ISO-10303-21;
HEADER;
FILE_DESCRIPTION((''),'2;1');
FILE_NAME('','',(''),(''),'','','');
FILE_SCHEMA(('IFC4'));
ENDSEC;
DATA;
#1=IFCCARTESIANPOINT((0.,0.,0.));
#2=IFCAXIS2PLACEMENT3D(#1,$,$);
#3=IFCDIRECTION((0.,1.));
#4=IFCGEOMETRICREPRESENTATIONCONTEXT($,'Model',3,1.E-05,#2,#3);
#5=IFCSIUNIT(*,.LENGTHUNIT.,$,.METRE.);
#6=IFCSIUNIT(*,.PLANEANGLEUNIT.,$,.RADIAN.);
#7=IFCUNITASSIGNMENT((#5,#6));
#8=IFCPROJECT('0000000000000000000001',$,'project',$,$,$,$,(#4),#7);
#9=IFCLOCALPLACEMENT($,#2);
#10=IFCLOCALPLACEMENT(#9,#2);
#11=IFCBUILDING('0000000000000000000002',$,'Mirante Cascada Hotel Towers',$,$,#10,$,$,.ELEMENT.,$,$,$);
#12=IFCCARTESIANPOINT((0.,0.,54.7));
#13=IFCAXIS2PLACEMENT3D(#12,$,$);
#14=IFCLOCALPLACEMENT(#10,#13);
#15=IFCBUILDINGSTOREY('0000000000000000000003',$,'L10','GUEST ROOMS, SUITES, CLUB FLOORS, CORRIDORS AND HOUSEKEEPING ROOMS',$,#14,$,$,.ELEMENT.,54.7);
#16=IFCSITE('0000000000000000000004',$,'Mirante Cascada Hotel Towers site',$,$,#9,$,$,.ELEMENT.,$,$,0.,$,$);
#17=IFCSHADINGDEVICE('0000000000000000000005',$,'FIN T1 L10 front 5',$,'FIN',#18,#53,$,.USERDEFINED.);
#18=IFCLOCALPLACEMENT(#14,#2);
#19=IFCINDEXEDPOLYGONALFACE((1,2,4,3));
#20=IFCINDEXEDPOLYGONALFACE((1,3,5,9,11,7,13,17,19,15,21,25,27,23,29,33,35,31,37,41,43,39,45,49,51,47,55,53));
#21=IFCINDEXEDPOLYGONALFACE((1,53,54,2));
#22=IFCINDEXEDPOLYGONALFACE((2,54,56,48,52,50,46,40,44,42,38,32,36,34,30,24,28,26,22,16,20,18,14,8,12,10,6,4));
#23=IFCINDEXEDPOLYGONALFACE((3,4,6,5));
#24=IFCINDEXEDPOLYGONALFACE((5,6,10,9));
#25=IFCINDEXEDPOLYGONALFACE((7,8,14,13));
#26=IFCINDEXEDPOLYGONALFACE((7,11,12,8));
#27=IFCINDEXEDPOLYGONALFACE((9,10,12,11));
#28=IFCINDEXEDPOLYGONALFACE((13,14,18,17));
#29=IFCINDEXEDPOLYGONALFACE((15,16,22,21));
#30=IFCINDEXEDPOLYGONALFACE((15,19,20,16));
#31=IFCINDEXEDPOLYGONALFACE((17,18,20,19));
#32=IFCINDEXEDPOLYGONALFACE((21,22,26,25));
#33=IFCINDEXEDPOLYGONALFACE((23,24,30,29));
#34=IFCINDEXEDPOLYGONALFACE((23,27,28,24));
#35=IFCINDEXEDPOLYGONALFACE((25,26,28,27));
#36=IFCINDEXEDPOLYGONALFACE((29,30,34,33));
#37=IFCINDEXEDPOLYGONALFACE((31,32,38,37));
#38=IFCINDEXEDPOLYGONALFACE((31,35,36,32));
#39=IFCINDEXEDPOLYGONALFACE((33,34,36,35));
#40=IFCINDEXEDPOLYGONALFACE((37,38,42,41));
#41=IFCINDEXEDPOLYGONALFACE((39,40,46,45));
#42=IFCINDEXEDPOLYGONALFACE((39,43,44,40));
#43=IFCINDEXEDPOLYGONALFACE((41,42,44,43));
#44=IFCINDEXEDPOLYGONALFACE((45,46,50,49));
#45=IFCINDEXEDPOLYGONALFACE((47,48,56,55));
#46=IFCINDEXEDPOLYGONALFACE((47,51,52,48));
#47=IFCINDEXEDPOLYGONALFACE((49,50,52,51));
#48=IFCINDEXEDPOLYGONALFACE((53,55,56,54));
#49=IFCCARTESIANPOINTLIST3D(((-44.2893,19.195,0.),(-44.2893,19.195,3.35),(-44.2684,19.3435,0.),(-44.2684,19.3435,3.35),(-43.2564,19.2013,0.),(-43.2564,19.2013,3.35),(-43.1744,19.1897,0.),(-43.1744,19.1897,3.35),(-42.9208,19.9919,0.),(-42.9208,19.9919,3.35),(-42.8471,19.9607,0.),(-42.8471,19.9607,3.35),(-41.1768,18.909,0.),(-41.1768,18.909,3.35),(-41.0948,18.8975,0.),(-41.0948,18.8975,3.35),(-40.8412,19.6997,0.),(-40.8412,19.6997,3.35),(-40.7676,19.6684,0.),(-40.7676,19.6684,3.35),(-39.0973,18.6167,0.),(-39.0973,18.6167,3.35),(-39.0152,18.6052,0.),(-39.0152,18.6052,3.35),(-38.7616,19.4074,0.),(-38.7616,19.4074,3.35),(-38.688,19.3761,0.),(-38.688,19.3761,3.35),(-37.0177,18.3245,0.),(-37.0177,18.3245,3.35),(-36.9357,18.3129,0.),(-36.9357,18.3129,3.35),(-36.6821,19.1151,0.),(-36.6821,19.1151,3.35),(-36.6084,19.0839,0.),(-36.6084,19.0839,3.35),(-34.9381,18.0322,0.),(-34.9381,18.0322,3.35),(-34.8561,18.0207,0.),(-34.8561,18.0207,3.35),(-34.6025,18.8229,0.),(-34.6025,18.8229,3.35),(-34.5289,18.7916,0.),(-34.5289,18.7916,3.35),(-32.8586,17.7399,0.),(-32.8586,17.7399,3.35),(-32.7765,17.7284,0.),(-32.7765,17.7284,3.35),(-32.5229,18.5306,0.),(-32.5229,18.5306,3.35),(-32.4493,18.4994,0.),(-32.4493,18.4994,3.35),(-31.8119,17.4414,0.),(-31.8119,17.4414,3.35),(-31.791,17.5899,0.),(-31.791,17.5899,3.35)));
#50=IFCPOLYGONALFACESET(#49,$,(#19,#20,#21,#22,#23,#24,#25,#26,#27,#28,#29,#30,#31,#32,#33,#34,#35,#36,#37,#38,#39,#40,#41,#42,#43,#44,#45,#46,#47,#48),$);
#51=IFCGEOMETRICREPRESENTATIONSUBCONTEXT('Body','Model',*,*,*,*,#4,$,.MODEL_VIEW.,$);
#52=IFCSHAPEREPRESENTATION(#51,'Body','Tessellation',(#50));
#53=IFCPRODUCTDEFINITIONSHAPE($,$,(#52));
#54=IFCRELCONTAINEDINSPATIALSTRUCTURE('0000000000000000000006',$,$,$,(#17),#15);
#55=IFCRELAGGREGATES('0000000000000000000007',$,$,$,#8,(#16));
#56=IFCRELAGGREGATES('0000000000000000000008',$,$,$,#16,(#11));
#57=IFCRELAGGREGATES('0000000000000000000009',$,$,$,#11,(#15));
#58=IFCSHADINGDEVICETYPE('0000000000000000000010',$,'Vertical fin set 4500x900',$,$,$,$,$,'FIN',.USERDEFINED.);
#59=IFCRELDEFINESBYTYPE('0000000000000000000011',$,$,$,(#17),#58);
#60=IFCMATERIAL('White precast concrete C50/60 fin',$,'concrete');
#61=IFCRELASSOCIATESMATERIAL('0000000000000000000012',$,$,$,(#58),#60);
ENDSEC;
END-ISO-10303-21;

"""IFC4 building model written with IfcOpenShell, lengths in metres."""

from ifc_helpers import new_model, si_unit, direction, frame, origin, place, context, subcontext, project, spatial, polyline, outline, extrude, material, type_object, element, save


model = new_model("IFC4")

# Units and contexts
model_context = context("Model", 3, precision=1e-05, world=origin(), true_north=direction((0.0, 1.0)))
body_context = subcontext(model_context, "Body", "Model", "MODEL_VIEW")
ifc_project = project(units=[si_unit("LENGTHUNIT", "METRE"), si_unit("PLANEANGLEUNIT", "RADIAN")], contexts=[model_context])

# Site, building, storey
site_placement = place(None, origin())
site = spatial("IfcSite", under=ifc_project, at=site_placement, Name="Mirante Cascada Hotel Towers site", CompositionType="ELEMENT", RefElevation=0.0)
building_placement = place(site_placement, origin())
building = spatial("IfcBuilding", under=site, at=building_placement, Name="Mirante Cascada Hotel Towers", CompositionType="ELEMENT")
storey_placement = place(building_placement, frame((0.0, 0.0, 54.7)))
storey = spatial("IfcBuildingStorey", under=building, at=storey_placement, Name="L10", Description="GUEST ROOMS, SUITES, CLUB FLOORS, CORRIDORS AND HOUSEKEEPING ROOMS", CompositionType="ELEMENT", Elevation=54.7)

# Shading device
ifc_material_1 = material(Name="White precast concrete C50/60 fin", Category="concrete")
shading_device_type = type_object("IfcShadingDeviceType", Name="Vertical fin set 4500x900", ElementType="FIN", PredefinedType="USERDEFINED", material=ifc_material_1)
shading_device_1_placement = place(storey_placement, origin())
element("IfcShadingDevice", 1, at=shading_device_1_placement, inside=storey, type_object=shading_device_type, Name="FIN T1 L10 front 5", ObjectType="FIN", PredefinedType="USERDEFINED", context=body_context, shape_type="SweptSolid", body=[
    extrude(outline(polyline([(-32.4493, 18.4994), (-32.7765, 17.7284), (-31.791, 17.5899), (-31.8119, 17.4414), (-44.2893, 19.195), (-44.2684, 19.3435), (-43.2564, 19.2013), (-42.9208, 19.9919), (-42.8471, 19.9607), (-43.1744, 19.1897), (-41.1768, 18.909), (-40.8412, 19.6997), (-40.7676, 19.6684), (-41.0948, 18.8975), (-39.0973, 18.6167), (-38.7616, 19.4074), (-38.688, 19.3761), (-39.0152, 18.6052), (-37.0177, 18.3245), (-36.6821, 19.1151), (-36.6084, 19.0839), (-36.9357, 18.3129), (-34.9381, 18.0322), (-34.6025, 18.8229), (-34.5289, 18.7916), (-34.8561, 18.0207), (-32.8586, 17.7399), (-32.5229, 18.5306), (-32.4493, 18.4994)])), origin(), (0.0, 0.0, 1.0), 3.35),
])

save(model, "model.ifc")
